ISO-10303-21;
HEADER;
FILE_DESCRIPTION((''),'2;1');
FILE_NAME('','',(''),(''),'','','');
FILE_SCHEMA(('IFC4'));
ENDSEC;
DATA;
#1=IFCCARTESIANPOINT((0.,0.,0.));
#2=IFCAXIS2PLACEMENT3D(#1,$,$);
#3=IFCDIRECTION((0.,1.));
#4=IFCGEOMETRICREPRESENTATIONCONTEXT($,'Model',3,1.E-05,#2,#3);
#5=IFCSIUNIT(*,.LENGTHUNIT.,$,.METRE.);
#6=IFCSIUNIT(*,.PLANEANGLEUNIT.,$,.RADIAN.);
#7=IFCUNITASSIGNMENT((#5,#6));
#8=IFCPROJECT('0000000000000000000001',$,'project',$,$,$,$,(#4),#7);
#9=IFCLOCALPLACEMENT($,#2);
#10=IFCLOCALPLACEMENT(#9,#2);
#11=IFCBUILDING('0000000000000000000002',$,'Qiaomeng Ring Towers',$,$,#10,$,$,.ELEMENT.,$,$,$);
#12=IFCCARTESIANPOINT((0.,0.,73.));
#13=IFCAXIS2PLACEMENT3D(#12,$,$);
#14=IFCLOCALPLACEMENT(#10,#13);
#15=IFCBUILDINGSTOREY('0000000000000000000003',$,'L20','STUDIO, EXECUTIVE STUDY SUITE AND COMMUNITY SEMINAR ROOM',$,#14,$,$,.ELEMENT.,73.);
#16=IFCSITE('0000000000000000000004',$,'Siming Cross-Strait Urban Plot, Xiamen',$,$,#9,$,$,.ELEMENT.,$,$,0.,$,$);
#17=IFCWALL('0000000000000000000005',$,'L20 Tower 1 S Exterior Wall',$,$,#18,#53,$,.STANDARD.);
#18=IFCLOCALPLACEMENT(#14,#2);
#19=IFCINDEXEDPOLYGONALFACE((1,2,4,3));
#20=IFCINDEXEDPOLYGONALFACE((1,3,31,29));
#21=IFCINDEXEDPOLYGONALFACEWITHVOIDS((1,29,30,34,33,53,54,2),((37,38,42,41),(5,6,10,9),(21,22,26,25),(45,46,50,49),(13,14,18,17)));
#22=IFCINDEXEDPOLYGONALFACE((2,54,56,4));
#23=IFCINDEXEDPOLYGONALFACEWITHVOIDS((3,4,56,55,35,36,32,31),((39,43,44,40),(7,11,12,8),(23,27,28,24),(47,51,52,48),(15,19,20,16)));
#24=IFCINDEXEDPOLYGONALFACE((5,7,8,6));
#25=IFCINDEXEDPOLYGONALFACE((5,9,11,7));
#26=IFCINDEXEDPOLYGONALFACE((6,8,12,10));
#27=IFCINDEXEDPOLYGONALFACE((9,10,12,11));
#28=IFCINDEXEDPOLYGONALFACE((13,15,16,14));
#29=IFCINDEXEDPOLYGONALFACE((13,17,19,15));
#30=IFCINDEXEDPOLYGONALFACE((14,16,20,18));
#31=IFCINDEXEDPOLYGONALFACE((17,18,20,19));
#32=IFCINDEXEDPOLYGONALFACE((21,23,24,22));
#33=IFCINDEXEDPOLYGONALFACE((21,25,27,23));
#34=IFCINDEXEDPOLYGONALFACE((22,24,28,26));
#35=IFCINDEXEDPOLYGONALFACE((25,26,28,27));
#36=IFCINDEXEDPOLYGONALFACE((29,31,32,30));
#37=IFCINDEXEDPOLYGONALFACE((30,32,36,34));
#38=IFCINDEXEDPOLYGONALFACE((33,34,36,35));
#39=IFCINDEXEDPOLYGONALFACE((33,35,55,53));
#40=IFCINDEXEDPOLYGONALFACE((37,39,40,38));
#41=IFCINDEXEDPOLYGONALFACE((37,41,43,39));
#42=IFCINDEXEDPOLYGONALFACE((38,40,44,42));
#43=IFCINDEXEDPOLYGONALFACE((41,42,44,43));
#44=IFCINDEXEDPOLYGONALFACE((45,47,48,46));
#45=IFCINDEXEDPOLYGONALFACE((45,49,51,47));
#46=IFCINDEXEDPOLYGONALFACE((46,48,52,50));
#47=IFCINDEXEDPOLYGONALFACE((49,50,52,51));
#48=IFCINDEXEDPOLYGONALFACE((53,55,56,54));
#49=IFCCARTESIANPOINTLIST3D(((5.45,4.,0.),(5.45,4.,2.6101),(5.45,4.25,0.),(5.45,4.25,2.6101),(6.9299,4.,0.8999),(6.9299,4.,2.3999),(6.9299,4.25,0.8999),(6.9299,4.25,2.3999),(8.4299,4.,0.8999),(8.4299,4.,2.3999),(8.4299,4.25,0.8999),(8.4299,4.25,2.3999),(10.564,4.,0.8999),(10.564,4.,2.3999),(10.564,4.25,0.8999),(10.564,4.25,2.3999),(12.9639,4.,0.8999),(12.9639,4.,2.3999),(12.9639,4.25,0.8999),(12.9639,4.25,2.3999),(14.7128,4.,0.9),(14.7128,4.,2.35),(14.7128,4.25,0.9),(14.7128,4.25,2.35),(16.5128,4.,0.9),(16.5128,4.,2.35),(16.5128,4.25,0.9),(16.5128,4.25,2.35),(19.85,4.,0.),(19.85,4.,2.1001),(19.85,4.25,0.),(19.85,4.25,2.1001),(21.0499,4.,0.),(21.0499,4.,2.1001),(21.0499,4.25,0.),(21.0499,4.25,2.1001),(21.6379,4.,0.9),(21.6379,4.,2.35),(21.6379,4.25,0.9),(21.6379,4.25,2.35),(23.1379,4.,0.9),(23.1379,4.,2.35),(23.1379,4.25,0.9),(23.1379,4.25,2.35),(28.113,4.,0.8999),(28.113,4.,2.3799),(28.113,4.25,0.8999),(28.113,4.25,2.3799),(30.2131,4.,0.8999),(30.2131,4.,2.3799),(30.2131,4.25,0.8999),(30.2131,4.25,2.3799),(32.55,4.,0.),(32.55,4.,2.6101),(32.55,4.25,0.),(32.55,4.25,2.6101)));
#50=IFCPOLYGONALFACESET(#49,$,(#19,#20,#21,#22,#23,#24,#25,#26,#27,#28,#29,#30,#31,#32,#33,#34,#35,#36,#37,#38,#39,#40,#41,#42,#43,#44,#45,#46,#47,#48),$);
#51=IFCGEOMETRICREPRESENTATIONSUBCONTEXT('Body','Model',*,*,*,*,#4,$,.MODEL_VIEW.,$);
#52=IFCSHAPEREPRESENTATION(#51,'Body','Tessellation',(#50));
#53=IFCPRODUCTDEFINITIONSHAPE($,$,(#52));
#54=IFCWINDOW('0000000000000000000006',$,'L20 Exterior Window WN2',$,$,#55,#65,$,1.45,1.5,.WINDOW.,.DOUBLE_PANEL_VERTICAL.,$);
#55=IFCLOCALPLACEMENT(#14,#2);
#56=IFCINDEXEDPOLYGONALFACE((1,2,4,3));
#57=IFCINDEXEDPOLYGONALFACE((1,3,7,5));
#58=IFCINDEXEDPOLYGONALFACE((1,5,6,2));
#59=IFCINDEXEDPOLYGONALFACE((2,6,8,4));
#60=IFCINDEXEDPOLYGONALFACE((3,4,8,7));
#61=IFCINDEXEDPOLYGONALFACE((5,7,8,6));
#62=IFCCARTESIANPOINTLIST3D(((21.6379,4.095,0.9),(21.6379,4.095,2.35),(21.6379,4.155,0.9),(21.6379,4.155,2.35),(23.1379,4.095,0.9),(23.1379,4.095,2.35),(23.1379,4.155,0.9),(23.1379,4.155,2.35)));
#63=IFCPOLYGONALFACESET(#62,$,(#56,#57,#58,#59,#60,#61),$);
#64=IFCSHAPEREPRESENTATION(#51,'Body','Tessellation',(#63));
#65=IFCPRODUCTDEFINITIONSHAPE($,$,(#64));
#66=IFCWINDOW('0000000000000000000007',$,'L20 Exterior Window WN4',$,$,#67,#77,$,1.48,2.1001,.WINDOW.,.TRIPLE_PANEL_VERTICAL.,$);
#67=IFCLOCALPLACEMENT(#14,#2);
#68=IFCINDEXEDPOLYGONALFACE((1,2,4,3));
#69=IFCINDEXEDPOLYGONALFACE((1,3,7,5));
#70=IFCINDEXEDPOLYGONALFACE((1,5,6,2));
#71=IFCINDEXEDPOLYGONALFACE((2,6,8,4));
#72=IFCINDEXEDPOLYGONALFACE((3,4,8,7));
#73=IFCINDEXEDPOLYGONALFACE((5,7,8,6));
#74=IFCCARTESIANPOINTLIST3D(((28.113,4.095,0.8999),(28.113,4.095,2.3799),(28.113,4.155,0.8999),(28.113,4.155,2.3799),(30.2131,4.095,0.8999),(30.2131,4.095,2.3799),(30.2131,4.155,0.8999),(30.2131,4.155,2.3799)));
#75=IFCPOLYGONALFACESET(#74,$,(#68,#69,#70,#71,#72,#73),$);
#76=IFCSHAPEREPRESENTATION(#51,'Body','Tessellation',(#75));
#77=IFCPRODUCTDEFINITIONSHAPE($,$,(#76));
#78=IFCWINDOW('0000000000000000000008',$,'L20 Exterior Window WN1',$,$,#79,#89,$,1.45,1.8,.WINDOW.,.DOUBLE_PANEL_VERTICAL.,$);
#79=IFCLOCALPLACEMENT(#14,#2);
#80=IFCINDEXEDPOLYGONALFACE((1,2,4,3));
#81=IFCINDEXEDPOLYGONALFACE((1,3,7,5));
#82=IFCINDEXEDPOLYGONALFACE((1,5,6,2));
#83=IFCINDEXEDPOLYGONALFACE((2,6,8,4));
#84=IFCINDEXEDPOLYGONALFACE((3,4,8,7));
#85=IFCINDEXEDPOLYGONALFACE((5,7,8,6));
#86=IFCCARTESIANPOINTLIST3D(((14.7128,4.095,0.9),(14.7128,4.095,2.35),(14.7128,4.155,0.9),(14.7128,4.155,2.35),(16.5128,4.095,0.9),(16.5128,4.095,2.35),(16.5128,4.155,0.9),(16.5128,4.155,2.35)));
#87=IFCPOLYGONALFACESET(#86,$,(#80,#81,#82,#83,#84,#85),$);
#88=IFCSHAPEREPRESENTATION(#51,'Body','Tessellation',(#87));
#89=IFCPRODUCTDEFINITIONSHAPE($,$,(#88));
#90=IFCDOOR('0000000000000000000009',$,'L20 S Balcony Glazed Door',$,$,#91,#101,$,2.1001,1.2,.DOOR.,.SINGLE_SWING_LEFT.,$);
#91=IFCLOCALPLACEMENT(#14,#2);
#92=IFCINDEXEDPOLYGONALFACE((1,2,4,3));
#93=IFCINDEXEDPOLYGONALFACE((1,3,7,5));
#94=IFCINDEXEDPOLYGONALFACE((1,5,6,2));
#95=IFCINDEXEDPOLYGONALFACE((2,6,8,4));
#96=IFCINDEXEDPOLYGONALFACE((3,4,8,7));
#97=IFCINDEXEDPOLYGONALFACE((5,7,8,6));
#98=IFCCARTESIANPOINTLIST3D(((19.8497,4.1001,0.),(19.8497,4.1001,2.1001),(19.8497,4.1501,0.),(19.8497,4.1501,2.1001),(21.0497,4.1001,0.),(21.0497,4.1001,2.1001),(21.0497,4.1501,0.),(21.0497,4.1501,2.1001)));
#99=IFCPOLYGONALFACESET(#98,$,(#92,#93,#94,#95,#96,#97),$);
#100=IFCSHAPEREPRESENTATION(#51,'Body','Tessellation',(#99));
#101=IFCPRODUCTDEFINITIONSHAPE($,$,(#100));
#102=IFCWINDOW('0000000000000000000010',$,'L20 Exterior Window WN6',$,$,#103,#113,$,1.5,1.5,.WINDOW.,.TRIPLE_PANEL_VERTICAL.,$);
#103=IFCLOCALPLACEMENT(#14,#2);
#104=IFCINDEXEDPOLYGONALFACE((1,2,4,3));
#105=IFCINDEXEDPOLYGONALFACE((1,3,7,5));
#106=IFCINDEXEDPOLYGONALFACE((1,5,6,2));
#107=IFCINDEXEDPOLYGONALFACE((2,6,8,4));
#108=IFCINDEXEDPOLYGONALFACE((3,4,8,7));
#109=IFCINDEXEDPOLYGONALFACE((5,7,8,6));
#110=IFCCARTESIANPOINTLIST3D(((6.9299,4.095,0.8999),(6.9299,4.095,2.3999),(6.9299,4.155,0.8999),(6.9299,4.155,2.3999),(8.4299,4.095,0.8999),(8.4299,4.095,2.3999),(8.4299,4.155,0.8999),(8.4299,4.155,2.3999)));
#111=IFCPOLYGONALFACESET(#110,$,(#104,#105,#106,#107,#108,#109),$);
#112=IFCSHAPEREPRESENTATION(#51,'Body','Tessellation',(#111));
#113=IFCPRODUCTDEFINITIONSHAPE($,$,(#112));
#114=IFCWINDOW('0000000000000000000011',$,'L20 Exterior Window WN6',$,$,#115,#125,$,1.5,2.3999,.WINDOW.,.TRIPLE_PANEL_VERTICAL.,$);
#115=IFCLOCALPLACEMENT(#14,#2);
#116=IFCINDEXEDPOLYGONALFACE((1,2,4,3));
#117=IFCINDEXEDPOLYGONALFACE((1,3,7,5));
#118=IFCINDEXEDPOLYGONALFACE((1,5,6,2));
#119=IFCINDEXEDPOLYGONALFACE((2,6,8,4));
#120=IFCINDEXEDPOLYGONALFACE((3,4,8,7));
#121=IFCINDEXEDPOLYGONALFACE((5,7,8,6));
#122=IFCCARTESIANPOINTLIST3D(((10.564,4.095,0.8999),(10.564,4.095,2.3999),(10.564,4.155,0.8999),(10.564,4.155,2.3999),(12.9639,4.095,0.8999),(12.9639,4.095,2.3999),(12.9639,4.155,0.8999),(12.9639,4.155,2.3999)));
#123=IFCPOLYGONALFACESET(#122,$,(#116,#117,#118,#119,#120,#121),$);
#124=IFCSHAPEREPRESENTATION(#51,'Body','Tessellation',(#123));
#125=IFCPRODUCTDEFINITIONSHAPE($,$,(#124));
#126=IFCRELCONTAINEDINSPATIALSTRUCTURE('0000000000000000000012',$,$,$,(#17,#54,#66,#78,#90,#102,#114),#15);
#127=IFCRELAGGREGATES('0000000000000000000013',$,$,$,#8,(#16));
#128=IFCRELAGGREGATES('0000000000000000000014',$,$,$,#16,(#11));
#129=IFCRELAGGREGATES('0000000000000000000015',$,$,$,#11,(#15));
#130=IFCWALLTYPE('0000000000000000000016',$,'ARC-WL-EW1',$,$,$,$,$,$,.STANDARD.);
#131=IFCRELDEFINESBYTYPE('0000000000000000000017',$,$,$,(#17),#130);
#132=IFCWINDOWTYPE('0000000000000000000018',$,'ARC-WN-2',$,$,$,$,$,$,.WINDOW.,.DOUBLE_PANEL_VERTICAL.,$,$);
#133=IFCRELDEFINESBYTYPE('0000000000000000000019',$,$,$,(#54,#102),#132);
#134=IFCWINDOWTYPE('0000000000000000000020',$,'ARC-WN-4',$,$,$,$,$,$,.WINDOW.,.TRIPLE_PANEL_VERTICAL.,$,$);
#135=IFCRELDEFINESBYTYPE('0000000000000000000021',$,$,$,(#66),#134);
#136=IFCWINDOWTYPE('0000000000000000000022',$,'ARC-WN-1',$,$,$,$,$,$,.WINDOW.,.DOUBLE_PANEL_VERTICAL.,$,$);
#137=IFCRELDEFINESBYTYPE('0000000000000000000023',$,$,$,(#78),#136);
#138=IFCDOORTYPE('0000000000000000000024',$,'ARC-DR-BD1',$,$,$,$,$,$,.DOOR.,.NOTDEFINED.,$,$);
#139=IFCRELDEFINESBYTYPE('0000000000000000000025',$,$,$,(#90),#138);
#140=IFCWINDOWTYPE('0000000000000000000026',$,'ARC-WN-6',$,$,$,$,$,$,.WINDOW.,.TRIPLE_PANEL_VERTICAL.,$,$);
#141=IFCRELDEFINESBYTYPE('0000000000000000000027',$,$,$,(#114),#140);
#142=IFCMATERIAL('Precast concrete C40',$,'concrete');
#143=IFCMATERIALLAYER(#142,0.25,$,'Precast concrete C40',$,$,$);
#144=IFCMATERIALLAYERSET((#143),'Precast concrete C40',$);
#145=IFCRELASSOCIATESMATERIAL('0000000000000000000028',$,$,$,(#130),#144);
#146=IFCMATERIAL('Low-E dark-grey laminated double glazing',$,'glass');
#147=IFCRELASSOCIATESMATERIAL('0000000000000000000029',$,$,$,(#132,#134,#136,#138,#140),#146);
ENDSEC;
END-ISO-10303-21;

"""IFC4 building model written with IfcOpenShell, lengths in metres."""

from ifc_helpers import new_model, si_unit, direction, frame, frame_2d, origin, place, context, subcontext, project, spatial, rectangle, extrude, source, transform, mapped, material, layer, layer_set, type_object, element, fill, save


model = new_model("IFC4")

# Units and contexts
model_context = context("Model", 3, precision=1e-05, world=origin(), true_north=direction((0.0, 1.0)))
body_context = subcontext(model_context, "Body", "Model", "MODEL_VIEW")
ifc_project = project(units=[si_unit("LENGTHUNIT", "METRE"), si_unit("PLANEANGLEUNIT", "RADIAN")], contexts=[model_context])

# Site, building, storey
site_placement = place(None, origin())
site = spatial("IfcSite", under=ifc_project, at=site_placement, Name="Siming Cross-Strait Urban Plot, Xiamen", CompositionType="ELEMENT", RefElevation=0.0)
building_placement = place(site_placement, origin())
building = spatial("IfcBuilding", under=site, at=building_placement, Name="Qiaomeng Ring Towers", CompositionType="ELEMENT")
storey_placement = place(building_placement, frame((0.0, 0.0, 73.0)))
storey = spatial("IfcBuildingStorey", under=building, at=storey_placement, Name="L20", Description="STUDIO, EXECUTIVE STUDY SUITE AND COMMUNITY SEMINAR ROOM", CompositionType="ELEMENT", Elevation=73.0)

# Shared definitions
ifc_material_1 = material(Name="Precast concrete C40", Category="concrete")

# Shared definitions
ifc_material_2 = material(Name="Low-E dark-grey laminated double glazing", Category="glass")

# Wall, openings, windows, door
ifc_layer_1 = layer(ifc_material_1, 0.25, Name="Precast concrete C40")
ifc_layer_set_1 = layer_set([ifc_layer_1], Name="Precast concrete C40")
wall_type_1 = type_object("IfcWallType", Name="ARC-WL-EW1", PredefinedType="STANDARD", material=ifc_layer_set_1)
wall_1_placement = place(storey_placement, frame((5.45, 4.125, 0.0), z_axis=(0.0, 0.0, 1.0), x_axis=(1.0, 0.0, 0.0)))
wall_1 = element("IfcWall", 1, at=wall_1_placement, inside=storey, type_object=wall_type_1, Name="L20 Tower 1 S Exterior Wall", PredefinedType="STANDARD", context=body_context, shape_type="SweptSolid", body=[
    extrude(rectangle(XDim=27.1001, YDim=0.25, at=frame_2d((13.55, 0.0))), origin(), (0.0, 0.0, 1.0), 2.6101),
])
opening_1_placement = place(wall_1_placement, frame((14.3999, 0.0, 0.0)))
opening_1 = element("IfcOpeningElement", 2, at=opening_1_placement, cuts=wall_1, PredefinedType="OPENING", context=body_context, shape_type="SweptSolid", body=[
    extrude(rectangle(XDim=1.2, YDim=2.1001, at=frame_2d((0.6001, 1.05))), frame((0.0, 0.135, 0.0), z_axis=(0.0, -1.0, 0.0), x_axis=(1.0, 0.0, 0.0)), (0.0, 0.0, 1.0), 0.27),
])
opening_2_placement = place(wall_1_placement, frame((1.48, 0.0, 0.8999)))
opening_2 = element("IfcOpeningElement", 3, at=opening_2_placement, cuts=wall_1, PredefinedType="OPENING", context=body_context, shape_type="SweptSolid", body=[
    extrude(rectangle(XDim=1.5, YDim=1.5, at=frame_2d((0.75, 0.75))), frame((0.0, 0.135, 0.0), z_axis=(0.0, -1.0, 0.0), x_axis=(1.0, 0.0, 0.0)), (0.0, 0.0, 1.0), 0.27),
])
opening_3_placement = place(wall_1_placement, frame((9.2629, 0.0, 0.8999)))
opening_3 = element("IfcOpeningElement", 4, at=opening_3_placement, cuts=wall_1, PredefinedType="OPENING", context=body_context, shape_type="SweptSolid", body=[
    extrude(rectangle(XDim=1.8, YDim=1.45, at=frame_2d((0.8999, 0.7251))), frame((0.0, 0.135, 0.0), z_axis=(0.0, -1.0, 0.0), x_axis=(1.0, 0.0, 0.0)), (0.0, 0.0, 1.0), 0.27),
])
opening_4_placement = place(wall_1_placement, frame((16.188, 0.0, 0.8999)))
opening_4 = element("IfcOpeningElement", 5, at=opening_4_placement, cuts=wall_1, PredefinedType="OPENING", context=body_context, shape_type="SweptSolid", body=[
    extrude(rectangle(XDim=1.5, YDim=1.45, at=frame_2d((0.75, 0.7251))), frame((0.0, 0.135, 0.0), z_axis=(0.0, -1.0, 0.0), x_axis=(1.0, 0.0, 0.0)), (0.0, 0.0, 1.0), 0.27),
])
opening_5_placement = place(wall_1_placement, frame((22.6631, 0.0, 0.8999)))
opening_5 = element("IfcOpeningElement", 6, at=opening_5_placement, cuts=wall_1, PredefinedType="OPENING", context=body_context, shape_type="SweptSolid", body=[
    extrude(rectangle(XDim=2.1001, YDim=1.48, at=frame_2d((1.05, 0.74))), frame((0.0, 0.135, 0.0), z_axis=(0.0, -1.0, 0.0), x_axis=(1.0, 0.0, 0.0)), (0.0, 0.0, 1.0), 0.27),
])
opening_6_placement = place(wall_1_placement, frame((5.114, 0.0, 0.8999)))
opening_6 = element("IfcOpeningElement", 7, at=opening_6_placement, cuts=wall_1, PredefinedType="OPENING", context=body_context, shape_type="SweptSolid", body=[
    extrude(rectangle(XDim=2.3999, YDim=1.5, at=frame_2d((1.2, 0.75))), frame((0.0, 0.135, 0.0), z_axis=(0.0, -1.0, 0.0), x_axis=(1.0, 0.0, 0.0)), (0.0, 0.0, 1.0), 0.27),
])
window_type_1 = type_object("IfcWindowType", Name="ARC-WN-2", PartitioningType="DOUBLE_PANEL_VERTICAL", PredefinedType="WINDOW", material=ifc_material_2)
shared_shape_1 = source(origin(), body_context, "Body", "SweptSolid", [
    extrude(rectangle(XDim=1.5, YDim=1.45, at=frame_2d((0.75, 0.7251))), frame((0.0, 0.03, 0.0), z_axis=(0.0, -1.0, 0.0), x_axis=(1.0, 0.0, 0.0)), (0.0, 0.0, 1.0), 0.0601),
])
window_1_placement = place(opening_4_placement, origin())
window_1 = element("IfcWindow", 8, at=window_1_placement, inside=storey, type_object=window_type_1, Name="L20 Exterior Window WN2", OverallHeight=1.45, OverallWidth=1.5, PartitioningType="DOUBLE_PANEL_VERTICAL", PredefinedType="WINDOW", context=body_context, shape_type="MappedRepresentation", body=[
    mapped(shared_shape_1, transform((0.0, 0.0, 0.0), x_axis=(1.0, 0.0, 0.0), y_axis=(0.0, 1.0, 0.0), z_axis=(0.0, 0.0, 1.0), scale=1.0)),
])
fill(opening_4, window_1)
window_type_2 = type_object("IfcWindowType", Name="ARC-WN-4", PartitioningType="TRIPLE_PANEL_VERTICAL", PredefinedType="WINDOW", material=ifc_material_2)
shared_shape_2 = source(origin(), body_context, "Body", "SweptSolid", [
    extrude(rectangle(XDim=2.1001, YDim=1.48, at=frame_2d((1.05, 0.74))), frame((0.0, 0.03, 0.0), z_axis=(0.0, -1.0, 0.0), x_axis=(1.0, 0.0, 0.0)), (0.0, 0.0, 1.0), 0.0601),
])
window_2_placement = place(opening_5_placement, origin())
window_2 = element("IfcWindow", 9, at=window_2_placement, inside=storey, type_object=window_type_2, Name="L20 Exterior Window WN4", OverallHeight=1.48, OverallWidth=2.1001, PartitioningType="TRIPLE_PANEL_VERTICAL", PredefinedType="WINDOW", context=body_context, shape_type="MappedRepresentation", body=[
    mapped(shared_shape_2, transform((0.0, 0.0, 0.0), x_axis=(1.0, 0.0, 0.0), y_axis=(0.0, 1.0, 0.0), z_axis=(0.0, 0.0, 1.0), scale=1.0)),
])
fill(opening_5, window_2)
window_type_3 = type_object("IfcWindowType", Name="ARC-WN-1", PartitioningType="DOUBLE_PANEL_VERTICAL", PredefinedType="WINDOW", material=ifc_material_2)
shared_shape_3 = source(origin(), body_context, "Body", "SweptSolid", [
    extrude(rectangle(XDim=1.8, YDim=1.45, at=frame_2d((0.8999, 0.7251))), frame((0.0, 0.03, 0.0), z_axis=(0.0, -1.0, 0.0), x_axis=(1.0, 0.0, 0.0)), (0.0, 0.0, 1.0), 0.0601),
])
window_3_placement = place(opening_3_placement, origin())
window_3 = element("IfcWindow", 10, at=window_3_placement, inside=storey, type_object=window_type_3, Name="L20 Exterior Window WN1", OverallHeight=1.45, OverallWidth=1.8, PartitioningType="DOUBLE_PANEL_VERTICAL", PredefinedType="WINDOW", context=body_context, shape_type="MappedRepresentation", body=[
    mapped(shared_shape_3, transform((0.0, 0.0, 0.0), x_axis=(1.0, 0.0, 0.0), y_axis=(0.0, 1.0, 0.0), z_axis=(0.0, 0.0, 1.0), scale=1.0)),
])
fill(opening_3, window_3)
door_type_1 = type_object("IfcDoorType", Name="ARC-DR-BD1", OperationType="NOTDEFINED", PredefinedType="DOOR", material=ifc_material_2)
shared_shape_4 = source(origin(), body_context, "Body", "SweptSolid", [
    extrude(rectangle(XDim=1.2, YDim=2.1001, at=frame_2d((0.6001, 1.05))), frame((0.0, 0.0249, 0.0), z_axis=(0.0, -1.0, 0.0), x_axis=(1.0, 0.0, 0.0)), (0.0, 0.0, 1.0), 0.05),
])
door_1_placement = place(opening_1_placement, frame((1.2, 0.0, 0.0), z_axis=(0.0, 0.0, 1.0), x_axis=(-1.0, 0.0, 0.0)))
door_1 = element("IfcDoor", 11, at=door_1_placement, inside=storey, type_object=door_type_1, Name="L20 S Balcony Glazed Door", OperationType="SINGLE_SWING_LEFT", OverallHeight=2.1001, OverallWidth=1.2, PredefinedType="DOOR", context=body_context, shape_type="MappedRepresentation", body=[
    mapped(shared_shape_4, transform((0.0, 0.0, 0.0), x_axis=(1.0, 0.0, 0.0), y_axis=(0.0, 1.0, 0.0), z_axis=(0.0, 0.0, 1.0), scale=1.0)),
])
fill(opening_1, door_1)
shared_shape_5 = source(origin(), body_context, "Body", "SweptSolid", [
    extrude(rectangle(XDim=1.5, YDim=1.5, at=frame_2d((0.75, 0.75))), frame((0.0, 0.03, 0.0), z_axis=(0.0, -1.0, 0.0), x_axis=(1.0, 0.0, 0.0)), (0.0, 0.0, 1.0), 0.0601),
])
window_4_placement = place(opening_2_placement, origin())
window_4 = element("IfcWindow", 12, at=window_4_placement, inside=storey, type_object=window_type_1, Name="L20 Exterior Window WN6", OverallHeight=1.5, OverallWidth=1.5, PartitioningType="TRIPLE_PANEL_VERTICAL", PredefinedType="WINDOW", context=body_context, shape_type="MappedRepresentation", body=[
    mapped(shared_shape_5, transform((0.0, 0.0, 0.0), x_axis=(1.0, 0.0, 0.0), y_axis=(0.0, 1.0, 0.0), z_axis=(0.0, 0.0, 1.0), scale=1.0)),
])
fill(opening_2, window_4)
window_type_4 = type_object("IfcWindowType", Name="ARC-WN-6", PartitioningType="TRIPLE_PANEL_VERTICAL", PredefinedType="WINDOW", material=ifc_material_2)
shared_shape_6 = source(origin(), body_context, "Body", "SweptSolid", [
    extrude(rectangle(XDim=2.3999, YDim=1.5, at=frame_2d((1.2, 0.75))), frame((0.0, 0.03, 0.0), z_axis=(0.0, -1.0, 0.0), x_axis=(1.0, 0.0, 0.0)), (0.0, 0.0, 1.0), 0.0601),
])
window_5_placement = place(opening_6_placement, origin())
window_5 = element("IfcWindow", 13, at=window_5_placement, inside=storey, type_object=window_type_4, Name="L20 Exterior Window WN6", OverallHeight=1.5, OverallWidth=2.3999, PartitioningType="TRIPLE_PANEL_VERTICAL", PredefinedType="WINDOW", context=body_context, shape_type="MappedRepresentation", body=[
    mapped(shared_shape_6, transform((0.0, 0.0, 0.0), x_axis=(1.0, 0.0, 0.0), y_axis=(0.0, 1.0, 0.0), z_axis=(0.0, 0.0, 1.0), scale=1.0)),
])
fill(opening_6, window_5)

save(model, "model.ifc")
